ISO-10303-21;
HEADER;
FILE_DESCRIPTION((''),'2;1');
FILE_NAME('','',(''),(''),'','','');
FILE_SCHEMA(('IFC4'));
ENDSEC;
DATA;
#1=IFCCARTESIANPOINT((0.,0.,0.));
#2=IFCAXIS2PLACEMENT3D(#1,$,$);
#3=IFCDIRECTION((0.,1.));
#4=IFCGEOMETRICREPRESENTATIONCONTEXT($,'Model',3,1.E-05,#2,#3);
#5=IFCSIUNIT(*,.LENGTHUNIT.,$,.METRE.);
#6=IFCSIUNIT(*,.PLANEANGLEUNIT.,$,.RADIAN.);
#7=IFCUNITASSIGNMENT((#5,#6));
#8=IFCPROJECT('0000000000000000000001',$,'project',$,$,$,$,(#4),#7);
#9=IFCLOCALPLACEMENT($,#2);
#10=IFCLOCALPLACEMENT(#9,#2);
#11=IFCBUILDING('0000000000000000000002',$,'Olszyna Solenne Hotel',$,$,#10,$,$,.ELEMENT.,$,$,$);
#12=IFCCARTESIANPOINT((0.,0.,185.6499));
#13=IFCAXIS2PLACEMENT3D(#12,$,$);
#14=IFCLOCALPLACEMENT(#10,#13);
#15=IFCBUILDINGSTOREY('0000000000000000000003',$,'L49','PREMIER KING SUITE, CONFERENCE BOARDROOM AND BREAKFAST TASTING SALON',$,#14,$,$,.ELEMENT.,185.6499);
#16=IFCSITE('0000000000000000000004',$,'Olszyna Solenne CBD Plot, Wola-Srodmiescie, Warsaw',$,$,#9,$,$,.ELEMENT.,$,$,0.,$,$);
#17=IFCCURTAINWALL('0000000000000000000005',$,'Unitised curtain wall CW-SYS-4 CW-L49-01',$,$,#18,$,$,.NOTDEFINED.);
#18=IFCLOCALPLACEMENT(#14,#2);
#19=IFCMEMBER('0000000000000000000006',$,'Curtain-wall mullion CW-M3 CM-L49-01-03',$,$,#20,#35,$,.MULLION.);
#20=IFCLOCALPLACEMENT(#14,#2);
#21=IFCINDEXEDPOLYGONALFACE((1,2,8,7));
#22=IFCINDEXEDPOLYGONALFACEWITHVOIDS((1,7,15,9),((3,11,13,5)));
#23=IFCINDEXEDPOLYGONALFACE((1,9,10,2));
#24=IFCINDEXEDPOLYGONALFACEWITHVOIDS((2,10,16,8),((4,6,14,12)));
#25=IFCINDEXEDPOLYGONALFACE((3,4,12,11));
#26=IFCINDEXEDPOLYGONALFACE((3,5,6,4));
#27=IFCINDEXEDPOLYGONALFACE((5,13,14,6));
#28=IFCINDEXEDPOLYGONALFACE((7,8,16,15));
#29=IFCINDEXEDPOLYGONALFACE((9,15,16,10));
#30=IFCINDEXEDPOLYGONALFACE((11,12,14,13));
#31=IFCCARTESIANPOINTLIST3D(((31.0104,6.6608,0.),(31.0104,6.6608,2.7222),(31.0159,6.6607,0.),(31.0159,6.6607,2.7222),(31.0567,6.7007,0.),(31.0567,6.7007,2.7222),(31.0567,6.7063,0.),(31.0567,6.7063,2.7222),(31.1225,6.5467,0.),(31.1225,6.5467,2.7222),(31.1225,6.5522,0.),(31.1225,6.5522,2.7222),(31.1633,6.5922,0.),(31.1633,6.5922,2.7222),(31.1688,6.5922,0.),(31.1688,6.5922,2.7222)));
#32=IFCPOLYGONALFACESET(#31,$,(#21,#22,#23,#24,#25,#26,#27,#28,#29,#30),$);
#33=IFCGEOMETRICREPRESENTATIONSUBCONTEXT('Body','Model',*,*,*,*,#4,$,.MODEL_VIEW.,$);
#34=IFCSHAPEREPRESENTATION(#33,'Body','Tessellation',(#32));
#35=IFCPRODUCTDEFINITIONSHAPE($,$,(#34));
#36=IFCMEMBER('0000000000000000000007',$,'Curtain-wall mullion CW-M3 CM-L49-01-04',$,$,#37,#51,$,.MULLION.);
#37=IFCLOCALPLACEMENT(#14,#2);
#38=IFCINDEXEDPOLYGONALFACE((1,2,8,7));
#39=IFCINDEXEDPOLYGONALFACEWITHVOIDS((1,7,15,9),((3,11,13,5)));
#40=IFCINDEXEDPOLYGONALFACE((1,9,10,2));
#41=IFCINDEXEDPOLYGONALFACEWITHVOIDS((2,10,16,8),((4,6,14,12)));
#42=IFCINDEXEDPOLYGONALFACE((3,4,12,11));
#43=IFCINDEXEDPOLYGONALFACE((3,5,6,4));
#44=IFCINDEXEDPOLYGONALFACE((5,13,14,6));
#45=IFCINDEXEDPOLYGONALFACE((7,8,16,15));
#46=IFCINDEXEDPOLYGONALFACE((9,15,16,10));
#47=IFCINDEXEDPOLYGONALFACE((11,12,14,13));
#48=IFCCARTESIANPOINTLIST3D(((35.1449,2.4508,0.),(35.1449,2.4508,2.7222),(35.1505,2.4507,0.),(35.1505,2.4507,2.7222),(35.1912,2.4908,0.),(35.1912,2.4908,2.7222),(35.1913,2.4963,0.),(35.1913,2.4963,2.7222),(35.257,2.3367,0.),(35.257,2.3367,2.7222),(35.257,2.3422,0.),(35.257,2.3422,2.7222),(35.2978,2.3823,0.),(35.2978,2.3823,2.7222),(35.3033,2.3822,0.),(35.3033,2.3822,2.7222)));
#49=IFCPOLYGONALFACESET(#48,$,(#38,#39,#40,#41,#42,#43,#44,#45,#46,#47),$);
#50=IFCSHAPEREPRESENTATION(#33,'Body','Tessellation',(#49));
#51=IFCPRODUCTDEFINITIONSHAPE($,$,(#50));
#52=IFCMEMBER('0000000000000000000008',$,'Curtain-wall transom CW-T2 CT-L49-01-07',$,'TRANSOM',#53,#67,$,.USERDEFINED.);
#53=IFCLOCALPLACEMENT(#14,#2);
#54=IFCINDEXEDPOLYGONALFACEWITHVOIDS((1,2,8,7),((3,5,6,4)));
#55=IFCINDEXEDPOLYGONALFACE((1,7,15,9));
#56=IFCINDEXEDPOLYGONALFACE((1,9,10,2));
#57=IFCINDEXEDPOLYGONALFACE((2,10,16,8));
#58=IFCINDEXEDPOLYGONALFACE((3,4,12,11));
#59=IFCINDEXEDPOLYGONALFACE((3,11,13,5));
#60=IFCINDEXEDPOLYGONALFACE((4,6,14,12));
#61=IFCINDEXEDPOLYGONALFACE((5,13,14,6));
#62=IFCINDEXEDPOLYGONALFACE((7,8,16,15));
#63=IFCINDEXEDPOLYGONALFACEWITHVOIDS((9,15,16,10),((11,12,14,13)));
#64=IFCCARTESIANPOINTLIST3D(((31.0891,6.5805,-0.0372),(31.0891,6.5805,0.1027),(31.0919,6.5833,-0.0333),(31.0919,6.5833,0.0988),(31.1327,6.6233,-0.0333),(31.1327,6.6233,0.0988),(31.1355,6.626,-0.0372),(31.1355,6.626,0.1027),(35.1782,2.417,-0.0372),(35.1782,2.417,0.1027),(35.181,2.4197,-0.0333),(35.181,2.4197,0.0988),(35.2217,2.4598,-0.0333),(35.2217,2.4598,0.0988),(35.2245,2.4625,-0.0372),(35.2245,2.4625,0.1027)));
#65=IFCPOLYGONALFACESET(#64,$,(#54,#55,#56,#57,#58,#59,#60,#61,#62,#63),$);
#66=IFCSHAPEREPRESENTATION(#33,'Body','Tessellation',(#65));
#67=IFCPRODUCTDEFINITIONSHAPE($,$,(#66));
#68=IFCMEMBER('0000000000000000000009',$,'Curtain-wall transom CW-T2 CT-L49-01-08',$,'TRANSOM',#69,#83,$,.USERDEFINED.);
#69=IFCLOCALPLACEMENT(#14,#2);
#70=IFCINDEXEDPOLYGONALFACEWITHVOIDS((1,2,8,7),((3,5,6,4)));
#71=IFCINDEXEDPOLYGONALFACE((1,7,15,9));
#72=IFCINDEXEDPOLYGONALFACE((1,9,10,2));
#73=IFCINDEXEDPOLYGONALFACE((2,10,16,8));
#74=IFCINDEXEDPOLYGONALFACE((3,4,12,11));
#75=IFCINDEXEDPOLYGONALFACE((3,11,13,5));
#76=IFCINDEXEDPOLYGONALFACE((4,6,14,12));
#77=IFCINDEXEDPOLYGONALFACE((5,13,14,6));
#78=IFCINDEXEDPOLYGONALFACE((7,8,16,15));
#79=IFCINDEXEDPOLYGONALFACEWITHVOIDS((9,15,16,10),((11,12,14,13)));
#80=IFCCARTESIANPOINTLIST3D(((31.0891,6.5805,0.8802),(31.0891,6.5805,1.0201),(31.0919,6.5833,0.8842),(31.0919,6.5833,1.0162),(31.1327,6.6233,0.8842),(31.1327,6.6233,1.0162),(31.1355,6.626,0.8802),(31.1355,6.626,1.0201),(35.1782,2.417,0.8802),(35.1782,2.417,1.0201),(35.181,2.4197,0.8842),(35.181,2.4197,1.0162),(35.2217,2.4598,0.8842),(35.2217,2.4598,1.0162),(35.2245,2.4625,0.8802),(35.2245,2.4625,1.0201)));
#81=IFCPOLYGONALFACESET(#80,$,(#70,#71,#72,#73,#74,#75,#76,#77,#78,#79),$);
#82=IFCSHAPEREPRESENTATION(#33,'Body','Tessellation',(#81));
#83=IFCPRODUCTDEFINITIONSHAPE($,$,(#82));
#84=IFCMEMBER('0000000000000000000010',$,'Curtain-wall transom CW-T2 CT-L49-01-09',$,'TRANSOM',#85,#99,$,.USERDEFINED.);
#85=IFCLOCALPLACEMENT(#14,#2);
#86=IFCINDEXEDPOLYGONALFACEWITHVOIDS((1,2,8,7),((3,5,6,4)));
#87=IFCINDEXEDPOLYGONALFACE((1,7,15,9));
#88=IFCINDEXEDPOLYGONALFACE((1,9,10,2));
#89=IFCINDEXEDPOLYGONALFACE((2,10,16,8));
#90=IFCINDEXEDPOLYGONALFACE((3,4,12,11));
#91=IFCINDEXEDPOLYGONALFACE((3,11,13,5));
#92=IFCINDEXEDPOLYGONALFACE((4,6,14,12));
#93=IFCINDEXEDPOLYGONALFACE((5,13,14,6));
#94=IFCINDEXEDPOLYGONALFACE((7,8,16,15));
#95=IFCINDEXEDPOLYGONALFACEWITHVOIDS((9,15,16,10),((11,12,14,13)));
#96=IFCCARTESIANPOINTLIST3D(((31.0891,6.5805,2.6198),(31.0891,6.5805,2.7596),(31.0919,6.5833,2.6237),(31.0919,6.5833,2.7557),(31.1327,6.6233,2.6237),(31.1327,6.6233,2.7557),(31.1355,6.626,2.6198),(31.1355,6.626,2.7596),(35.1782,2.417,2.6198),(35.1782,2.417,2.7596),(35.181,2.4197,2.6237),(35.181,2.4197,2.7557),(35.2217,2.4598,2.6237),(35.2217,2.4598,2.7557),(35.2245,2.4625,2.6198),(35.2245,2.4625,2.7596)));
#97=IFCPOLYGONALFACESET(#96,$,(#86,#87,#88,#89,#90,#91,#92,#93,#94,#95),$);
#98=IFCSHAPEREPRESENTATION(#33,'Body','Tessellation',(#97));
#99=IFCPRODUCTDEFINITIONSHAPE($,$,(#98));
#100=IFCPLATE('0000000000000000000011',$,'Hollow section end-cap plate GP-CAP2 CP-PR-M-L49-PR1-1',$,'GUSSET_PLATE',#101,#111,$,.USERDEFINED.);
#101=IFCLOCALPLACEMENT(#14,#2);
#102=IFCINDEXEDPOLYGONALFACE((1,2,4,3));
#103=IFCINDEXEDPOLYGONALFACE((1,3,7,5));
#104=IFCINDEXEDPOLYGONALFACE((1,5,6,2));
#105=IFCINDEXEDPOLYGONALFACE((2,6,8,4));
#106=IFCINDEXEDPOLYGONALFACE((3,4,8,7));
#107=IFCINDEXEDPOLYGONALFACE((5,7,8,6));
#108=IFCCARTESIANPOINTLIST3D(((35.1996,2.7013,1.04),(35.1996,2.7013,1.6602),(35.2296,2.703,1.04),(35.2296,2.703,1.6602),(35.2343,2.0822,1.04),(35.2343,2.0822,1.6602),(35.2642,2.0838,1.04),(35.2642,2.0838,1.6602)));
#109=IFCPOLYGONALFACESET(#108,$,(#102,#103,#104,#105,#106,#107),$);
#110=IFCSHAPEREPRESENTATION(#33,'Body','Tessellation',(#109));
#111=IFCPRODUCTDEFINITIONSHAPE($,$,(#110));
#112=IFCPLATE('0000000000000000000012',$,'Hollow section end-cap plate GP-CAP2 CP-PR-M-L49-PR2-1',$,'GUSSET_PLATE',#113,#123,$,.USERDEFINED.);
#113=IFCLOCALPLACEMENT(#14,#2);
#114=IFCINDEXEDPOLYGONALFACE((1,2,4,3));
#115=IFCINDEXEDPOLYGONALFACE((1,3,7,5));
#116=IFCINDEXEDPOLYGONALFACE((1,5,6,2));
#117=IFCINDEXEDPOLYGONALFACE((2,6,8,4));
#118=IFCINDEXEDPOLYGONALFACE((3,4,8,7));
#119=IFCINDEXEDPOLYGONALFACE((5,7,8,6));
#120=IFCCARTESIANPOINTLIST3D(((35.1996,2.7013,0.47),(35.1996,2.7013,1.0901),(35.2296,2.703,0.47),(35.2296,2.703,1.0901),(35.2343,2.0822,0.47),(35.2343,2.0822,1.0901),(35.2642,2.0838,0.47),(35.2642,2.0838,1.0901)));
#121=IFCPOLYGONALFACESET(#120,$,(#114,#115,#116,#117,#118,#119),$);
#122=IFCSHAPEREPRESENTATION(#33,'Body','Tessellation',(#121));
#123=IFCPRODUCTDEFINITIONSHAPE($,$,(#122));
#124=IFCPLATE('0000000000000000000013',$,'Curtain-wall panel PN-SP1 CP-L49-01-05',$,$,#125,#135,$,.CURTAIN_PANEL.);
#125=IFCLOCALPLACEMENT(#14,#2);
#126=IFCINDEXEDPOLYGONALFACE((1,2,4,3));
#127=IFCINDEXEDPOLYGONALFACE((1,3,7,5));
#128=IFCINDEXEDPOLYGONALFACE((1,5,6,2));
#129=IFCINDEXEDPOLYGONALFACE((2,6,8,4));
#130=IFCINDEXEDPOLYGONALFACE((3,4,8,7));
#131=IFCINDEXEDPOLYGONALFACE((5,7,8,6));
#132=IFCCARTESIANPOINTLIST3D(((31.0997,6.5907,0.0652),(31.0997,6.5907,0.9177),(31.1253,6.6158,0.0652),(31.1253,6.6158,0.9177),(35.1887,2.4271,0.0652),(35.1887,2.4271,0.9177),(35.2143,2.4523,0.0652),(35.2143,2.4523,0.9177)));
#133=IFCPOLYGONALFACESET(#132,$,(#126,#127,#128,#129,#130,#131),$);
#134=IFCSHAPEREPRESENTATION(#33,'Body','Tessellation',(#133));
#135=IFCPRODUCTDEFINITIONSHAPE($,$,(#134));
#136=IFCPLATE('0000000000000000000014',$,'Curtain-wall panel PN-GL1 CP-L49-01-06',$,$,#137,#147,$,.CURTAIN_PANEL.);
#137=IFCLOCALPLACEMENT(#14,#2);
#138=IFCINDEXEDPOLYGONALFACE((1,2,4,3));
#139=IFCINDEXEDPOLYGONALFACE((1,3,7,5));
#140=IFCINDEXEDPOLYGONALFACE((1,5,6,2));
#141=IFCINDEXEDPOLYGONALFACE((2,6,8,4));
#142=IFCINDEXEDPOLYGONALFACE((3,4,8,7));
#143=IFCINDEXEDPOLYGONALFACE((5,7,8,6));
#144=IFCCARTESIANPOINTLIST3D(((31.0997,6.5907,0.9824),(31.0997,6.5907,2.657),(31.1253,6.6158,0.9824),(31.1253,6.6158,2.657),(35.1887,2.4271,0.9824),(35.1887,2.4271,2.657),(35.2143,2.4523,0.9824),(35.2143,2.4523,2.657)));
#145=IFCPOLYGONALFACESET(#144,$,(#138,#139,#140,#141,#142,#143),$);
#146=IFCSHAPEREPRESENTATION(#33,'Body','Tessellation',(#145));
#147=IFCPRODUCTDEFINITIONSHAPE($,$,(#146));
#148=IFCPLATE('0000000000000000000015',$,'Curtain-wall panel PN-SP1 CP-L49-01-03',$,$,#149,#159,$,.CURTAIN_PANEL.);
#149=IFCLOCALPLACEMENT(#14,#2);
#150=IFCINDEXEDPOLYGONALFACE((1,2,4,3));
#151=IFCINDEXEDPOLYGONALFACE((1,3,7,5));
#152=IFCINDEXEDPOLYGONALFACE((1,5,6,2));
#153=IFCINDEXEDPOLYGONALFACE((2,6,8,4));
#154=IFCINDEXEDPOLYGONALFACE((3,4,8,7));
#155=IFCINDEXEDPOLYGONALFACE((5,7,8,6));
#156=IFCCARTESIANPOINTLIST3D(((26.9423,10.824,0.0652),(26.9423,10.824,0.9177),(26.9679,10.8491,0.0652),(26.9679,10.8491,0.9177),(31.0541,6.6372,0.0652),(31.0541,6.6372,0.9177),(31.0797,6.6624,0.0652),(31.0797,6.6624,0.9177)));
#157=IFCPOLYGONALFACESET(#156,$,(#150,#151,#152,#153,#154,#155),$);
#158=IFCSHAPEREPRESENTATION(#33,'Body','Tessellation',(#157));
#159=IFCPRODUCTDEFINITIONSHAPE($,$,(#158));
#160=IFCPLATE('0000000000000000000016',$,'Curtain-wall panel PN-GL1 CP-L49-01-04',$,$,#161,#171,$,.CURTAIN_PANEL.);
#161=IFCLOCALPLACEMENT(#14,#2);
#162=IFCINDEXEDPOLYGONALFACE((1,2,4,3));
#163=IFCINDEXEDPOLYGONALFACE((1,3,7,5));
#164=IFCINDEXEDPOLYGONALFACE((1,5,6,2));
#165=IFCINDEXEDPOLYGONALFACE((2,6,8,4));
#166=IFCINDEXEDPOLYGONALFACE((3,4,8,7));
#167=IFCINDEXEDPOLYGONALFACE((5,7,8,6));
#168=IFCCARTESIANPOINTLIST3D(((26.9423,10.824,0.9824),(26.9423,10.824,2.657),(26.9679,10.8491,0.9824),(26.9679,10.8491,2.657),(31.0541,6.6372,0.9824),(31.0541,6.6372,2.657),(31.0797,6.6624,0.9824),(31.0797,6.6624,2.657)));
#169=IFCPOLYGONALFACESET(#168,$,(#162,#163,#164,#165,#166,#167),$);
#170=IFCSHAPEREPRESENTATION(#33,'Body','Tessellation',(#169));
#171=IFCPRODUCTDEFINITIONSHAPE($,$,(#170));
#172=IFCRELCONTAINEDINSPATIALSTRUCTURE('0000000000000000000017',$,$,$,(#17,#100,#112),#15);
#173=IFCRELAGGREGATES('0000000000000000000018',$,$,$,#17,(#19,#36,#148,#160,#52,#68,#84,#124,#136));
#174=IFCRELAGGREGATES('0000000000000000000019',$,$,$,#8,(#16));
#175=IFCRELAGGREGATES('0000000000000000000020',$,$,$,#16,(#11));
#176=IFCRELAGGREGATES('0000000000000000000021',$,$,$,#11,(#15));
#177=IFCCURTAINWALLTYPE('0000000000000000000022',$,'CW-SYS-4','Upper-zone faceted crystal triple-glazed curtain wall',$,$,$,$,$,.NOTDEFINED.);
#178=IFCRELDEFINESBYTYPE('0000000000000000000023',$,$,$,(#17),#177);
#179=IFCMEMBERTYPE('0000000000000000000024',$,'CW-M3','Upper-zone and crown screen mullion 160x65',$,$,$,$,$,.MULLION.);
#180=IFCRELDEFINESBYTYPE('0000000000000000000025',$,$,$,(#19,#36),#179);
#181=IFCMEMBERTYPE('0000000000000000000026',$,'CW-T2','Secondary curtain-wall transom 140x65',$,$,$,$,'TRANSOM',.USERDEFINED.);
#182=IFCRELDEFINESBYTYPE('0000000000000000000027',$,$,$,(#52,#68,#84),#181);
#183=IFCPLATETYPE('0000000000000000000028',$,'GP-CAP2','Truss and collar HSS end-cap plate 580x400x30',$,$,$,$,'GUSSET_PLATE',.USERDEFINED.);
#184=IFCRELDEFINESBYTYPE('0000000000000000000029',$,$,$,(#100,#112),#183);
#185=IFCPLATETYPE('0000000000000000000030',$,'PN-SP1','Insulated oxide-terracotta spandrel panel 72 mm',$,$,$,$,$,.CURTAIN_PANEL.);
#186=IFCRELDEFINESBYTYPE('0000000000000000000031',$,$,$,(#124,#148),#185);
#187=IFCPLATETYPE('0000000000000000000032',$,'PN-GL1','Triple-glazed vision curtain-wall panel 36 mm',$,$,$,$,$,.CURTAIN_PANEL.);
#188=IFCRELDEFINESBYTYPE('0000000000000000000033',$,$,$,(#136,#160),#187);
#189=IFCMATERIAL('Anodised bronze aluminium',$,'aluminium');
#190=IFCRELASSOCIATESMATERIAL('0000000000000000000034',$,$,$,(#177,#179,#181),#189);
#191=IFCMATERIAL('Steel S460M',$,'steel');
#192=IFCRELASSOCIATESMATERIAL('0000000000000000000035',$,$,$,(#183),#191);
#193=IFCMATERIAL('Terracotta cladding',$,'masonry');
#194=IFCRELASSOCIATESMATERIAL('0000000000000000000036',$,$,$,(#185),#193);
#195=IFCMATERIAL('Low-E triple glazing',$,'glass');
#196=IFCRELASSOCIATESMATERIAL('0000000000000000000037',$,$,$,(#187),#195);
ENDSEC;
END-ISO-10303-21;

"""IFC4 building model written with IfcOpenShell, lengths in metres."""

from ifc_helpers import new_model, si_unit, direction, frame, origin, origin_2d, place, context, subcontext, project, spatial, rectangle, hollow_rectangle, extrude, source, transform, mapped, material, material_profile, profile_set, type_object, element, aggregate, save


model = new_model("IFC4")

# Units and contexts
model_context = context("Model", 3, precision=1e-05, world=origin(), true_north=direction((0.0, 1.0)))
body_context = subcontext(model_context, "Body", "Model", "MODEL_VIEW")
ifc_project = project(units=[si_unit("LENGTHUNIT", "METRE"), si_unit("PLANEANGLEUNIT", "RADIAN")], contexts=[model_context])

# Site, building, storey
site_placement = place(None, origin())
site = spatial("IfcSite", under=ifc_project, at=site_placement, Name="Olszyna Solenne CBD Plot, Wola-Srodmiescie, Warsaw", CompositionType="ELEMENT", RefElevation=0.0)
building_placement = place(site_placement, origin())
building = spatial("IfcBuilding", under=site, at=building_placement, Name="Olszyna Solenne Hotel", CompositionType="ELEMENT")
storey_placement = place(building_placement, frame((0.0, 0.0, 185.6499)))
storey = spatial("IfcBuildingStorey", under=building, at=storey_placement, Name="L49", Description="PREMIER KING SUITE, CONFERENCE BOARDROOM AND BREAKFAST TASTING SALON", CompositionType="ELEMENT", Elevation=185.6499)

# Shared definitions
ifc_material_1 = material(Name="Steel S460M", Category="steel")

# Curtain wall, members
ifc_material_2 = material(Name="Anodised bronze aluminium", Category="aluminium")
curtain_wall_type = type_object("IfcCurtainWallType", Name="CW-SYS-4", Description="Upper-zone faceted crystal triple-glazed curtain wall", PredefinedType="NOTDEFINED", material=ifc_material_2)
curtain_wall_placement = place(storey_placement, origin())
curtain_wall = element("IfcCurtainWall", 1, at=curtain_wall_placement, inside=storey, type_object=curtain_wall_type, Name="Unitised curtain wall CW-SYS-4 CW-L49-01", PredefinedType="NOTDEFINED")
ifc_material_profile_1 = material_profile(ifc_material_2, hollow_rectangle(XDim=0.0649, YDim=0.1599, WallThickness=0.0039, at=origin_2d()), Name="MULL 160x65x4", Category="load-bearing")
ifc_profile_set_1 = profile_set([ifc_material_profile_1], Name="Anodised bronze aluminium")
member_type_1 = type_object("IfcMemberType", Name="CW-M3", Description="Upper-zone and crown screen mullion 160x65", PredefinedType="MULLION", material=ifc_profile_set_1)
shared_shape_1 = source(origin(), body_context, "Body", "SweptSolid", [
    extrude(hollow_rectangle(XDim=0.0649, YDim=0.1599, WallThickness=0.0039, at=origin_2d()), origin(), (0.0, 0.0, 1.0), 2.7222),
])
member_1_placement = place(storey_placement, frame((31.0896, 6.6265, 0.0), z_axis=(0.0, 0.0, 1.0), x_axis=(0.713469, 0.700687, 0.0)))
member_1 = element("IfcMember", 2, at=member_1_placement, type_object=member_type_1, Name="Curtain-wall mullion CW-M3 CM-L49-01-03", PredefinedType="MULLION", context=body_context, shape_type="MappedRepresentation", body=[
    mapped(shared_shape_1, transform((0.0, 0.0, 0.0), x_axis=(1.0, 0.0, 0.0), y_axis=(0.0, 1.0, 0.0), z_axis=(0.0, 0.0, 1.0), scale=1.0)),
])
member_2_placement = place(storey_placement, frame((35.2241, 2.4165, 0.0), z_axis=(0.0, 0.0, 1.0), x_axis=(0.713469, 0.700687, 0.0)))
member_2 = element("IfcMember", 3, at=member_2_placement, type_object=member_type_1, Name="Curtain-wall mullion CW-M3 CM-L49-01-04", PredefinedType="MULLION", context=body_context, shape_type="MappedRepresentation", body=[
    mapped(shared_shape_1, transform((0.0, 0.0, 0.0), x_axis=(1.0, 0.0, 0.0), y_axis=(0.0, 1.0, 0.0), z_axis=(0.0, 0.0, 1.0), scale=1.0)),
])
ifc_material_profile_2 = material_profile(ifc_material_2, hollow_rectangle(XDim=0.0649, YDim=0.1399, WallThickness=0.0039, at=origin_2d()), Name="TRAN 140x65x4", Category="load-bearing")
ifc_profile_set_2 = profile_set([ifc_material_profile_2], Name="Anodised bronze aluminium")
member_type_2 = type_object("IfcMemberType", Name="CW-T2", Description="Secondary curtain-wall transom 140x65", ElementType="TRANSOM", PredefinedType="USERDEFINED", material=ifc_profile_set_2)
shared_shape_2 = source(origin(), body_context, "Body", "SweptSolid", [
    extrude(hollow_rectangle(XDim=0.0649, YDim=0.1399, WallThickness=0.0039, at=origin_2d()), origin(), (0.0, 0.0, 1.0), 5.8357),
])
member_3_placement = place(storey_placement, frame((31.1123, 6.6033, 0.0327), z_axis=(0.700698, -0.713458, 0.0), x_axis=(0.713458, 0.700698, 0.0)))
member_3 = element("IfcMember", 4, at=member_3_placement, type_object=member_type_2, Name="Curtain-wall transom CW-T2 CT-L49-01-07", ObjectType="TRANSOM", PredefinedType="USERDEFINED", context=body_context, shape_type="MappedRepresentation", body=[
    mapped(shared_shape_2, transform((0.0, 0.0, 0.0), x_axis=(1.0, 0.0, 0.0), y_axis=(0.0, 1.0, 0.0), z_axis=(0.0, 0.0, 1.0), scale=1.0)),
])
member_4_placement = place(storey_placement, frame((31.1123, 6.6033, 0.9502), z_axis=(0.700698, -0.713458, 0.0), x_axis=(0.713458, 0.700698, 0.0)))
member_4 = element("IfcMember", 5, at=member_4_placement, type_object=member_type_2, Name="Curtain-wall transom CW-T2 CT-L49-01-08", ObjectType="TRANSOM", PredefinedType="USERDEFINED", context=body_context, shape_type="MappedRepresentation", body=[
    mapped(shared_shape_2, transform((0.0, 0.0, 0.0), x_axis=(1.0, 0.0, 0.0), y_axis=(0.0, 1.0, 0.0), z_axis=(0.0, 0.0, 1.0), scale=1.0)),
])
member_5_placement = place(storey_placement, frame((31.1123, 6.6033, 2.6897), z_axis=(0.700698, -0.713458, 0.0), x_axis=(0.713458, 0.700698, 0.0)))
member_5 = element("IfcMember", 6, at=member_5_placement, type_object=member_type_2, Name="Curtain-wall transom CW-T2 CT-L49-01-09", ObjectType="TRANSOM", PredefinedType="USERDEFINED", context=body_context, shape_type="MappedRepresentation", body=[
    mapped(shared_shape_2, transform((0.0, 0.0, 0.0), x_axis=(1.0, 0.0, 0.0), y_axis=(0.0, 1.0, 0.0), z_axis=(0.0, 0.0, 1.0), scale=1.0)),
])

# Plates
plate_type_1 = type_object("IfcPlateType", Name="GP-CAP2", Description="Truss and collar HSS end-cap plate 580x400x30", ElementType="GUSSET_PLATE", PredefinedType="USERDEFINED", material=ifc_material_1)
shared_shape_3 = source(origin(), body_context, "Body", "SweptSolid", [
    extrude(rectangle(XDim=0.03, YDim=0.6201, at=origin_2d()), origin(), (0.0, 0.0, 1.0), 0.6201),
])
for number, where, z_axis, x_axis, name in (
    (7, (35.2319, 2.3926, 1.04), (0.0, 0.0, 1.0), (0.998441, 0.055822, 0.0), "Hollow section end-cap plate GP-CAP2 CP-PR-M-L49-PR1-1"),
    (8, (35.2319, 2.3926, 0.47), (0.0, 0.0, 1.0), (0.998441, 0.055822, 0.0), "Hollow section end-cap plate GP-CAP2 CP-PR-M-L49-PR2-1"),
):
    element("IfcPlate", number, at=place(storey_placement, frame(where, z_axis=z_axis, x_axis=x_axis)), inside=storey, type_object=plate_type_1, Name=name, ObjectType="GUSSET_PLATE", PredefinedType="USERDEFINED", context=body_context, shape_type="MappedRepresentation", body=[
        mapped(shared_shape_3, transform((0.0, 0.0, 0.0), x_axis=(1.0, 0.0, 0.0), y_axis=(0.0, 1.0, 0.0), z_axis=(0.0, 0.0, 1.0), scale=1.0)),
    ])

# Plates
ifc_material_3 = material(Name="Terracotta cladding", Category="masonry")
plate_type_2 = type_object("IfcPlateType", Name="PN-SP1", Description="Insulated oxide-terracotta spandrel panel 72 mm", PredefinedType="CURTAIN_PANEL", material=ifc_material_3)
shared_shape_4 = source(origin(), body_context, "Body", "SweptSolid", [
    extrude(rectangle(XDim=5.8357, YDim=0.0359, at=origin_2d()), origin(), (0.0, 0.0, 1.0), 0.8525),
])
plate_1_placement = place(storey_placement, frame((33.157, 4.5215, 0.0652), z_axis=(0.0, 0.0, 1.0), x_axis=(0.700687, -0.713469, 0.0)))
plate_1 = element("IfcPlate", 9, at=plate_1_placement, type_object=plate_type_2, Name="Curtain-wall panel PN-SP1 CP-L49-01-05", PredefinedType="CURTAIN_PANEL", context=body_context, shape_type="MappedRepresentation", body=[
    mapped(shared_shape_4, transform((0.0, 0.0, 0.0), x_axis=(1.0, 0.0, 0.0), y_axis=(0.0, 1.0, 0.0), z_axis=(0.0, 0.0, 1.0), scale=1.0)),
])
ifc_material_4 = material(Name="Low-E triple glazing", Category="glass")
plate_type_3 = type_object("IfcPlateType", Name="PN-GL1", Description="Triple-glazed vision curtain-wall panel 36 mm", PredefinedType="CURTAIN_PANEL", material=ifc_material_4)
shared_shape_5 = source(origin(), body_context, "Body", "SweptSolid", [
    extrude(rectangle(XDim=5.8357, YDim=0.0359, at=origin_2d()), origin(), (0.0, 0.0, 1.0), 1.6746),
])
plate_2_placement = place(storey_placement, frame((33.157, 4.5215, 0.9824), z_axis=(0.0, 0.0, 1.0), x_axis=(0.700687, -0.713469, 0.0)))
plate_2 = element("IfcPlate", 10, at=plate_2_placement, type_object=plate_type_3, Name="Curtain-wall panel PN-GL1 CP-L49-01-06", PredefinedType="CURTAIN_PANEL", context=body_context, shape_type="MappedRepresentation", body=[
    mapped(shared_shape_5, transform((0.0, 0.0, 0.0), x_axis=(1.0, 0.0, 0.0), y_axis=(0.0, 1.0, 0.0), z_axis=(0.0, 0.0, 1.0), scale=1.0)),
])
shared_shape_6 = source(origin(), body_context, "Body", "SweptSolid", [
    extrude(rectangle(XDim=5.8682, YDim=0.0359, at=origin_2d()), origin(), (0.0, 0.0, 1.0), 0.8525),
])
plate_3_placement = place(storey_placement, frame((29.011, 8.7432, 0.0652), z_axis=(0.0, 0.0, 1.0), x_axis=(0.700687, -0.713469, 0.0)))
plate_3 = element("IfcPlate", 11, at=plate_3_placement, type_object=plate_type_2, Name="Curtain-wall panel PN-SP1 CP-L49-01-03", PredefinedType="CURTAIN_PANEL", context=body_context, shape_type="MappedRepresentation", body=[
    mapped(shared_shape_6, transform((0.0, 0.0, 0.0), x_axis=(1.0, 0.0, 0.0), y_axis=(0.0, 1.0, 0.0), z_axis=(0.0, 0.0, 1.0), scale=1.0)),
])
shared_shape_7 = source(origin(), body_context, "Body", "SweptSolid", [
    extrude(rectangle(XDim=5.8682, YDim=0.0359, at=origin_2d()), origin(), (0.0, 0.0, 1.0), 1.6746),
])
plate_4_placement = place(storey_placement, frame((29.011, 8.7432, 0.9824), z_axis=(0.0, 0.0, 1.0), x_axis=(0.700687, -0.713469, 0.0)))
plate_4 = element("IfcPlate", 12, at=plate_4_placement, type_object=plate_type_3, Name="Curtain-wall panel PN-GL1 CP-L49-01-04", PredefinedType="CURTAIN_PANEL", context=body_context, shape_type="MappedRepresentation", body=[
    mapped(shared_shape_7, transform((0.0, 0.0, 0.0), x_axis=(1.0, 0.0, 0.0), y_axis=(0.0, 1.0, 0.0), z_axis=(0.0, 0.0, 1.0), scale=1.0)),
])
aggregate(curtain_wall, [member_1, member_2, plate_3, plate_4, member_3, member_4, member_5, plate_1, plate_2])

save(model, "model.ifc")
